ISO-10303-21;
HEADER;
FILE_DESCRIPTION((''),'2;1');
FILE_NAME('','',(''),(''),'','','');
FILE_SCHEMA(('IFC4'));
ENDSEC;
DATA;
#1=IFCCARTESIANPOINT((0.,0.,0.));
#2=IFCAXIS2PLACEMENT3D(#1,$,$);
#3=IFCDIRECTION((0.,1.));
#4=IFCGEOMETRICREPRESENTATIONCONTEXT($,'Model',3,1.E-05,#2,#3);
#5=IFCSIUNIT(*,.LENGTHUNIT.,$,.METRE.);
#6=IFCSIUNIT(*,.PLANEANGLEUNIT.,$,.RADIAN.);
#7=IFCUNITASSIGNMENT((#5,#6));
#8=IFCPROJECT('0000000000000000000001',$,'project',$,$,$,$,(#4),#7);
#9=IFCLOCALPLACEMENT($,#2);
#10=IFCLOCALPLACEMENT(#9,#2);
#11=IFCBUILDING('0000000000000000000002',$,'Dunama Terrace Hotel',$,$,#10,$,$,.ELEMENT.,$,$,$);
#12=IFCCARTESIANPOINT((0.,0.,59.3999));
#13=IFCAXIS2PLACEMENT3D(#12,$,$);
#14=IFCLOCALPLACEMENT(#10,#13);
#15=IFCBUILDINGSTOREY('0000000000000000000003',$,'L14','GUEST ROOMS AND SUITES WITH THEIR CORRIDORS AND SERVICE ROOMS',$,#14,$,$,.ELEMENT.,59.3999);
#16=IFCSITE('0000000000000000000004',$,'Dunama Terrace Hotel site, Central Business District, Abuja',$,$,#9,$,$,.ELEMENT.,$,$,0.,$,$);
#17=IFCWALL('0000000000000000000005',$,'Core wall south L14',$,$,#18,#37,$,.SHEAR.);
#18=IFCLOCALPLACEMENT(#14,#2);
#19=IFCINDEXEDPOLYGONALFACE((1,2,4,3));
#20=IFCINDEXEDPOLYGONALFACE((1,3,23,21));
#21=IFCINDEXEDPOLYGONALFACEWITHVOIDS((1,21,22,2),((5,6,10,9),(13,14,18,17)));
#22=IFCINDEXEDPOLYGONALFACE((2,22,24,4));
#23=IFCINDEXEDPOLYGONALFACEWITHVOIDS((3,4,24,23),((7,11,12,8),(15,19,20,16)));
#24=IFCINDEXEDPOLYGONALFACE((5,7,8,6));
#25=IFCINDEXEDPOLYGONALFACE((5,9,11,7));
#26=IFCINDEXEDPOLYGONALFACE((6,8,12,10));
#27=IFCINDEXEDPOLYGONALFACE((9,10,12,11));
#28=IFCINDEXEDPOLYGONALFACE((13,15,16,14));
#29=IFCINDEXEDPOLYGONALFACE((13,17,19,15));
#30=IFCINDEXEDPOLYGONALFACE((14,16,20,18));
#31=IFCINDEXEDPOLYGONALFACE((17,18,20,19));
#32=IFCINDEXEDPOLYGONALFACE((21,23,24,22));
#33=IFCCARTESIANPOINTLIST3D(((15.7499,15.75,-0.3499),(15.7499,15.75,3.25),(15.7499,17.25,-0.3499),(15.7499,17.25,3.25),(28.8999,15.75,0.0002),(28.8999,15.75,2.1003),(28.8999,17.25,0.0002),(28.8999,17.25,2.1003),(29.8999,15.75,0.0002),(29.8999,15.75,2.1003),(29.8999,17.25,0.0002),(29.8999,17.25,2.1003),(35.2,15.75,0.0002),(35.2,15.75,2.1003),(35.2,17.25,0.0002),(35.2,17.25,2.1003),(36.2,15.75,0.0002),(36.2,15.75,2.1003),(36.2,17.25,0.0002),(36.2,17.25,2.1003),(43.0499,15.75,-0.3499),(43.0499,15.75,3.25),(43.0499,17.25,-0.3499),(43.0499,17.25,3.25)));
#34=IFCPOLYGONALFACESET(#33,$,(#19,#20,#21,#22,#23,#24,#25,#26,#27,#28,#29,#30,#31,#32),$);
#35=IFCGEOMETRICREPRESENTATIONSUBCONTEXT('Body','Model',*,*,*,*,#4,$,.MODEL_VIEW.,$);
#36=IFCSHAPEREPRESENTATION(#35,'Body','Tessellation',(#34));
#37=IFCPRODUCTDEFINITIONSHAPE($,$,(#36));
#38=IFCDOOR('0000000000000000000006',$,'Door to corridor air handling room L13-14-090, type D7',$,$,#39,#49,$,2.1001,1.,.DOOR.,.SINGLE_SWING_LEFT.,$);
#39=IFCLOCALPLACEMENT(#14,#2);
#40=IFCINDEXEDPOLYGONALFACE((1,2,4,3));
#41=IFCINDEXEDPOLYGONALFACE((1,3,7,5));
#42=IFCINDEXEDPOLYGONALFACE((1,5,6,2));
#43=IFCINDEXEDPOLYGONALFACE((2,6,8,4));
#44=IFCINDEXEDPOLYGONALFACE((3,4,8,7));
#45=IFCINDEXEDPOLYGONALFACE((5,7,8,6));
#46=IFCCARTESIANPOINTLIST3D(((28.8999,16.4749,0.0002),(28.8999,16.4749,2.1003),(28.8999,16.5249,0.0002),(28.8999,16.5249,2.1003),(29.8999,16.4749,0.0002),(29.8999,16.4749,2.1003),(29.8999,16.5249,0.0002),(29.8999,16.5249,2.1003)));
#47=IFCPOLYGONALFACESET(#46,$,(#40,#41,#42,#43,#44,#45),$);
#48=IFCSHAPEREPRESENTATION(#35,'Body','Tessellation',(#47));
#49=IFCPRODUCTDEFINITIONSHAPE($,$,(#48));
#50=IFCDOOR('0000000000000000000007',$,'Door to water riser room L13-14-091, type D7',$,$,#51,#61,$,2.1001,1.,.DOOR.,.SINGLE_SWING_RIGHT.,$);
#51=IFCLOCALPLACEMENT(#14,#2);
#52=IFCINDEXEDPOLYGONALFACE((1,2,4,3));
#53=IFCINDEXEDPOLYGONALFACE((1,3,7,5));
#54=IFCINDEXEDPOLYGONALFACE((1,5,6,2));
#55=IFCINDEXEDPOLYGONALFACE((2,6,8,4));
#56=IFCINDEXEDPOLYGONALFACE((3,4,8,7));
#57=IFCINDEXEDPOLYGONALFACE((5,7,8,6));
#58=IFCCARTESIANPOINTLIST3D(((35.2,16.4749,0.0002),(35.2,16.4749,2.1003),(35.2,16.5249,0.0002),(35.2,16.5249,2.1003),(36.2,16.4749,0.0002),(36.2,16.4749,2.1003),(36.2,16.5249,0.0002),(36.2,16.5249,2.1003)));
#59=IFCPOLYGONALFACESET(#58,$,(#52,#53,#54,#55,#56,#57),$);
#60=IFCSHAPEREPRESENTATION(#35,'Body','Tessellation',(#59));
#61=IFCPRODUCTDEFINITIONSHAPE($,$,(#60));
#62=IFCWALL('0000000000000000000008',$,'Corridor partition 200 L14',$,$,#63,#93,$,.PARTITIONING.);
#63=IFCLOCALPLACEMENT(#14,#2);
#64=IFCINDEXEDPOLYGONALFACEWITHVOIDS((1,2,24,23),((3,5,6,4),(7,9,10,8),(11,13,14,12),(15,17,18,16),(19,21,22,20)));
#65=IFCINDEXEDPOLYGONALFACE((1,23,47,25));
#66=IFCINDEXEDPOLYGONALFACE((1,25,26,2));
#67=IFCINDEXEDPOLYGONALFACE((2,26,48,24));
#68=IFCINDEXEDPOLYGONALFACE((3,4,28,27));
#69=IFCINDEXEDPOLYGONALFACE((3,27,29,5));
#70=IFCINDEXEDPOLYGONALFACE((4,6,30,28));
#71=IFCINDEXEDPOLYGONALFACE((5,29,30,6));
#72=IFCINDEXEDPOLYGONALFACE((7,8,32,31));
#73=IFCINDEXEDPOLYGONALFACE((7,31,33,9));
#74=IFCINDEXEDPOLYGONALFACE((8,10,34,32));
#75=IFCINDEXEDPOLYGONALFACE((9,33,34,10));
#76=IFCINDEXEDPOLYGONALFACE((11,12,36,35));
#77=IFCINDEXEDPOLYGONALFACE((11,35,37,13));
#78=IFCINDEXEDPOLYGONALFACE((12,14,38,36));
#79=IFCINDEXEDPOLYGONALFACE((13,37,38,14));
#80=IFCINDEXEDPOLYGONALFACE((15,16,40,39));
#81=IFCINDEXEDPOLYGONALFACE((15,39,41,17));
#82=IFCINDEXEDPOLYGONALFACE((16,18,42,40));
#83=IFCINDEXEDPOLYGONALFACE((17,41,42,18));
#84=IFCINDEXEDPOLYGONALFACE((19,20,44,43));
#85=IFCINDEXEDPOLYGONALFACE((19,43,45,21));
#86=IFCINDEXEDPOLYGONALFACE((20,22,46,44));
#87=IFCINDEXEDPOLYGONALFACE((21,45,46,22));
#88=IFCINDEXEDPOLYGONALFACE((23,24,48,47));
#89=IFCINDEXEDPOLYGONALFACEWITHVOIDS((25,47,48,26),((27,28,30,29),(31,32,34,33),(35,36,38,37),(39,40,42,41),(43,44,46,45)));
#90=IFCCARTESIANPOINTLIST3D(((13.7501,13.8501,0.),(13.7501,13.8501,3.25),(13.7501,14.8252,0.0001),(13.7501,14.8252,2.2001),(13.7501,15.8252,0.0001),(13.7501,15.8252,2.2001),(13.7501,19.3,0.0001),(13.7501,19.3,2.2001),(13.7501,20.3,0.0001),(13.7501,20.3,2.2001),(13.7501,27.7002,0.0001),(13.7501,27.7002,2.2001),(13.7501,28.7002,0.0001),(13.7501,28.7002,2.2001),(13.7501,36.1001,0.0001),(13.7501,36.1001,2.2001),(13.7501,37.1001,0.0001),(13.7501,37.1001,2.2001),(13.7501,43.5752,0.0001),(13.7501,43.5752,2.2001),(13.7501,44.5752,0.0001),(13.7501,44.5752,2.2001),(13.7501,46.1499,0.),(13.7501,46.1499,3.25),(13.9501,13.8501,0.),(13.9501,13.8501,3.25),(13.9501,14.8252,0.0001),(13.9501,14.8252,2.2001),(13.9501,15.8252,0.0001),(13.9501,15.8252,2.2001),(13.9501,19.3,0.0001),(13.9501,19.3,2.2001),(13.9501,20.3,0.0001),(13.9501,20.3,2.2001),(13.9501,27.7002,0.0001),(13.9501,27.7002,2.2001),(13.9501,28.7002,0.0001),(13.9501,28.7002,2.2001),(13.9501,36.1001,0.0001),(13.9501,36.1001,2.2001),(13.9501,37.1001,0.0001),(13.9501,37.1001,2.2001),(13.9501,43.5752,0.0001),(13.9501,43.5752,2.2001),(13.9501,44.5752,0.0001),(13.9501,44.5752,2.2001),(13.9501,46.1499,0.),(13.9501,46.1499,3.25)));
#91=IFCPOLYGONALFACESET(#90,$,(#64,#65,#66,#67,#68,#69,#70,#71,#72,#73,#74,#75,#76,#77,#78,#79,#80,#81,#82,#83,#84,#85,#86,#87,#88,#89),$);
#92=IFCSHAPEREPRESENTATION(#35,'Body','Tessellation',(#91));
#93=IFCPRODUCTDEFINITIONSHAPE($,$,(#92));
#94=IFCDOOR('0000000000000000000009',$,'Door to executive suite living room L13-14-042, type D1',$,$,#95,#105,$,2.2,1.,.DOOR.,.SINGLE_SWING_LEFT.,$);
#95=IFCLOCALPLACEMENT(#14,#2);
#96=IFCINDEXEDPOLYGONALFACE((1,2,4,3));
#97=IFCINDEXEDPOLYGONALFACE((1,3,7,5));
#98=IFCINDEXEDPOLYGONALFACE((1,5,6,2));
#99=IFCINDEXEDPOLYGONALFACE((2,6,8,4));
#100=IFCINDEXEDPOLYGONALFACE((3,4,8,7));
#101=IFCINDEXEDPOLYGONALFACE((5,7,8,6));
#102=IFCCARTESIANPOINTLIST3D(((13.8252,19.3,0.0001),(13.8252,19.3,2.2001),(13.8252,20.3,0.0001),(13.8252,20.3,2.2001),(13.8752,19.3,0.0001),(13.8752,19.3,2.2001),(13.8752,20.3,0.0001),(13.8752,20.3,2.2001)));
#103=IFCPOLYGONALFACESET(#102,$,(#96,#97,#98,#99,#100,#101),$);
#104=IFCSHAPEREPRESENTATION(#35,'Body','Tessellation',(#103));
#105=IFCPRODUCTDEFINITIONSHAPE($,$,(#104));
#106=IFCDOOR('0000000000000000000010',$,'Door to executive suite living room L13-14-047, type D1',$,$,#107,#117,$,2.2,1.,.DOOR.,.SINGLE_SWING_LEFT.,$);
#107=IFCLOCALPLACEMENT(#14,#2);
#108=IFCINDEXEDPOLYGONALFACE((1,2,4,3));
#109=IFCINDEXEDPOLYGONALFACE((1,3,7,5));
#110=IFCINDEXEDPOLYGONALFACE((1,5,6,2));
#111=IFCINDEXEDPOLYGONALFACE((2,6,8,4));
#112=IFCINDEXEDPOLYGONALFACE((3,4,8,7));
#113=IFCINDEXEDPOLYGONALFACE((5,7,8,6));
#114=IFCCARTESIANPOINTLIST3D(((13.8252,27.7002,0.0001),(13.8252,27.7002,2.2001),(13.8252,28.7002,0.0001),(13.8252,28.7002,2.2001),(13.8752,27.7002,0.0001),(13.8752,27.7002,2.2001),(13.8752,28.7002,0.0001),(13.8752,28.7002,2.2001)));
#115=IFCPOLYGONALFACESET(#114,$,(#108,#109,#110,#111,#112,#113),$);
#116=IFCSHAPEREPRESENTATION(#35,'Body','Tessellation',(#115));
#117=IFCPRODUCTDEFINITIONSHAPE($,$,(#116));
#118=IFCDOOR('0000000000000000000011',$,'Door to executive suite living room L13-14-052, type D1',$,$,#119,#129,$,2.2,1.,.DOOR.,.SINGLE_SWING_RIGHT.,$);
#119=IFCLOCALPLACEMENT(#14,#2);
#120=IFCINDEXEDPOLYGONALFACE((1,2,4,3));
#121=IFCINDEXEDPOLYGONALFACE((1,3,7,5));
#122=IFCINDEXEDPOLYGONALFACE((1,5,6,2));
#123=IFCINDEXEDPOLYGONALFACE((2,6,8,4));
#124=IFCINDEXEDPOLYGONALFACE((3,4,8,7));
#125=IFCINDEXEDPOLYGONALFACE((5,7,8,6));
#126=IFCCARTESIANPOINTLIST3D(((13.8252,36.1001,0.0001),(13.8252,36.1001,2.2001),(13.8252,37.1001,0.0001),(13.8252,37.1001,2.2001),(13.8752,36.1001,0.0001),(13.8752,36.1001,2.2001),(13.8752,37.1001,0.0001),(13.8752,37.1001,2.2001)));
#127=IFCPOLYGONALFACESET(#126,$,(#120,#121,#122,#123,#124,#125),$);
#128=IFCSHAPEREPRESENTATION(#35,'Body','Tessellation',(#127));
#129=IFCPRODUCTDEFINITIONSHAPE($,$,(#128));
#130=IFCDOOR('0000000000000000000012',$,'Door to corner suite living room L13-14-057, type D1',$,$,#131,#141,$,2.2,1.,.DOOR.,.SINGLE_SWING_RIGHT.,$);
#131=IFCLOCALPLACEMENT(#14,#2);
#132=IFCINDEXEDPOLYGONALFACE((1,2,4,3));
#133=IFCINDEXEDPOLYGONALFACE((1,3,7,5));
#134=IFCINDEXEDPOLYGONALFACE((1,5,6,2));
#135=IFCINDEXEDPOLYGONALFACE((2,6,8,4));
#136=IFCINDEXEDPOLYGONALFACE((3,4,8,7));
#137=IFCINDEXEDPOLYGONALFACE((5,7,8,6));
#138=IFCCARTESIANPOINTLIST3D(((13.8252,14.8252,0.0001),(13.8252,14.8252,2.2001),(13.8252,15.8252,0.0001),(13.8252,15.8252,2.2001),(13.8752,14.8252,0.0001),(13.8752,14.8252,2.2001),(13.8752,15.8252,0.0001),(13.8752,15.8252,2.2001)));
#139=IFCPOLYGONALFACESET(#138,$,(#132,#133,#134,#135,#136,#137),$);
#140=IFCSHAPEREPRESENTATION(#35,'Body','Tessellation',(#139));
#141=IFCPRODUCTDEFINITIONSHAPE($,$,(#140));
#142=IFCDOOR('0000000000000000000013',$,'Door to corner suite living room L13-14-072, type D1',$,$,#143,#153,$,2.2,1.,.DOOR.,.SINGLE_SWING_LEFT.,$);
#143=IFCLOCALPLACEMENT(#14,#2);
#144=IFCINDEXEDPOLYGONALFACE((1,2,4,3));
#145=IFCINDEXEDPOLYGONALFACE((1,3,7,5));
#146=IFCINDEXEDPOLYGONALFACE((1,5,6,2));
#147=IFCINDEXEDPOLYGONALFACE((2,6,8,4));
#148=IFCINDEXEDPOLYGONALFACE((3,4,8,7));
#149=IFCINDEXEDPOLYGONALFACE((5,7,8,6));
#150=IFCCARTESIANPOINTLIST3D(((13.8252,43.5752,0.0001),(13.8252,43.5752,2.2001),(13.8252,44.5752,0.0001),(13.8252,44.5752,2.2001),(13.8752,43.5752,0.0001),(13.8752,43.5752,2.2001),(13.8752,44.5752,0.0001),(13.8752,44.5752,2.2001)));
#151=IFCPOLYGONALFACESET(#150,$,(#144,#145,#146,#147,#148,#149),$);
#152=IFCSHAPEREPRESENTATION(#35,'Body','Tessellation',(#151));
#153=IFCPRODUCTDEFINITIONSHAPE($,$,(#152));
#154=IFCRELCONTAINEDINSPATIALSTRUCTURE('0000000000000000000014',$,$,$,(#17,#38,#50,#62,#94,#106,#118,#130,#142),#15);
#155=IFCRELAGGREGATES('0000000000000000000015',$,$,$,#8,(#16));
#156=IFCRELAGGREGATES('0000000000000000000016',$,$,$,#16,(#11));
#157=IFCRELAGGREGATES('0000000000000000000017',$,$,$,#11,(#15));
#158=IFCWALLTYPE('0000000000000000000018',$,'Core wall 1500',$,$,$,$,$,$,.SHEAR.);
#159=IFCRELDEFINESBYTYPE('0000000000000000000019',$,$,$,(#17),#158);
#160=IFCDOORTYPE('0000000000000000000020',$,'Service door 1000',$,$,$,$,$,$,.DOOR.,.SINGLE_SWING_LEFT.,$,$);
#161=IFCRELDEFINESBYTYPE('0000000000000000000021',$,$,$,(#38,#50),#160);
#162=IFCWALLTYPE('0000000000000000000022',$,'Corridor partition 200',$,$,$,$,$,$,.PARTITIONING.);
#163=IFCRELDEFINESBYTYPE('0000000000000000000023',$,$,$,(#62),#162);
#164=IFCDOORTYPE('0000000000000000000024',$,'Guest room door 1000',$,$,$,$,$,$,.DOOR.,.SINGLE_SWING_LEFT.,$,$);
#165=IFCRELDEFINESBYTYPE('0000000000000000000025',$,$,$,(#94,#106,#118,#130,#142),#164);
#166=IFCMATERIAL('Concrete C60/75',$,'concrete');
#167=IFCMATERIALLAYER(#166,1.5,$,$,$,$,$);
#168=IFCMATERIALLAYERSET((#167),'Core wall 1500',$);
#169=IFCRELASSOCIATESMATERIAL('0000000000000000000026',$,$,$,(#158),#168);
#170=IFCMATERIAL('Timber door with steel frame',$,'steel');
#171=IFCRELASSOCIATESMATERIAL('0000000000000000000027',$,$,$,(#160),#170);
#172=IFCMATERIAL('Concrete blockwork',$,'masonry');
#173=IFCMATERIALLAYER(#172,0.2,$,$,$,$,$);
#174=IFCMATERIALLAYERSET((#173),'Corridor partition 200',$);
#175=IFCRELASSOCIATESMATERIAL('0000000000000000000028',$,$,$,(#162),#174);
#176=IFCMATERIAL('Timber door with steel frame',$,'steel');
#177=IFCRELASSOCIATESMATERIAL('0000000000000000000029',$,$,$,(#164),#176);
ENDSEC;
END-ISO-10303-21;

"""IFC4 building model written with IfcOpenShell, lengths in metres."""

from ifc_helpers import new_model, si_unit, direction, frame, frame_2d, origin, place, context, subcontext, project, spatial, rectangle, extrude, material, layer, layer_set, type_object, element, fill, save


model = new_model("IFC4")

# Units and contexts
model_context = context("Model", 3, precision=1e-05, world=origin(), true_north=direction((0.0, 1.0)))
body_context = subcontext(model_context, "Body", "Model", "MODEL_VIEW")
ifc_project = project(units=[si_unit("LENGTHUNIT", "METRE"), si_unit("PLANEANGLEUNIT", "RADIAN")], contexts=[model_context])

# Site, building, storey
site_placement = place(None, origin())
site = spatial("IfcSite", under=ifc_project, at=site_placement, Name="Dunama Terrace Hotel site, Central Business District, Abuja", CompositionType="ELEMENT", RefElevation=0.0)
building_placement = place(site_placement, origin())
building = spatial("IfcBuilding", under=site, at=building_placement, Name="Dunama Terrace Hotel", CompositionType="ELEMENT")
storey_placement = place(building_placement, frame((0.0, 0.0, 59.3999)))
storey = spatial("IfcBuildingStorey", under=building, at=storey_placement, Name="L14", Description="GUEST ROOMS AND SUITES WITH THEIR CORRIDORS AND SERVICE ROOMS", CompositionType="ELEMENT", Elevation=59.3999)

# Walls, openings, doors
ifc_material_1 = material(Name="Concrete C60/75", Category="concrete")
ifc_layer_1 = layer(ifc_material_1, 1.5)
ifc_layer_set_1 = layer_set([ifc_layer_1], Name="Core wall 1500")
wall_type_1 = type_object("IfcWallType", Name="Core wall 1500", PredefinedType="SHEAR", material=ifc_layer_set_1)
wall_1_placement = place(storey_placement, frame((15.75, 16.5, -0.3499), z_axis=(0.0, 0.0, 1.0), x_axis=(1.0, 0.0, 0.0)))
wall_1 = element("IfcWall", 1, at=wall_1_placement, inside=storey, type_object=wall_type_1, Name="Core wall south L14", PredefinedType="SHEAR", context=body_context, shape_type="SweptSolid", body=[
    extrude(rectangle(XDim=27.3, YDim=1.5, at=frame_2d((13.6499, 0.0))), origin(), (0.0, 0.0, 1.0), 3.5999),
])
opening_1_placement = place(wall_1_placement, frame((13.1499, 0.0, 0.3501)))
opening_1 = element("IfcOpeningElement", 2, at=opening_1_placement, cuts=wall_1, PredefinedType="OPENING", context=body_context, shape_type="SweptSolid", body=[
    extrude(rectangle(XDim=1.0, YDim=2.1001, at=frame_2d((0.5, 1.05))), frame((0.0, 0.76, 0.0), z_axis=(0.0, -1.0, 0.0), x_axis=(1.0, 0.0, 0.0)), (0.0, 0.0, 1.0), 1.52),
])
opening_2_placement = place(wall_1_placement, frame((19.45, 0.0, 0.3501)))
opening_2 = element("IfcOpeningElement", 3, at=opening_2_placement, cuts=wall_1, PredefinedType="OPENING", context=body_context, shape_type="SweptSolid", body=[
    extrude(rectangle(XDim=1.0, YDim=2.1001, at=frame_2d((0.5, 1.05))), frame((0.0, 0.76, 0.0), z_axis=(0.0, -1.0, 0.0), x_axis=(1.0, 0.0, 0.0)), (0.0, 0.0, 1.0), 1.52),
])
ifc_material_2 = material(Name="Timber door with steel frame", Category="steel")
door_type_1 = type_object("IfcDoorType", Name="Service door 1000", OperationType="SINGLE_SWING_LEFT", PredefinedType="DOOR", material=ifc_material_2)
door_1_placement = place(opening_1_placement, origin())
door_1 = element("IfcDoor", 4, at=door_1_placement, inside=storey, type_object=door_type_1, Name="Door to corridor air handling room L13-14-090, type D7", OperationType="SINGLE_SWING_LEFT", OverallHeight=2.1001, OverallWidth=1.0, PredefinedType="DOOR", context=body_context, shape_type="SweptSolid", body=[
    extrude(rectangle(XDim=1.0, YDim=2.1001, at=frame_2d((0.5, 1.05))), frame((0.0, 0.0249, 0.0), z_axis=(0.0, -1.0, 0.0), x_axis=(1.0, 0.0, 0.0)), (0.0, 0.0, 1.0), 0.05),
])
fill(opening_1, door_1)
door_2_placement = place(opening_2_placement, origin())
door_2 = element("IfcDoor", 5, at=door_2_placement, inside=storey, type_object=door_type_1, Name="Door to water riser room L13-14-091, type D7", OperationType="SINGLE_SWING_RIGHT", OverallHeight=2.1001, OverallWidth=1.0, PredefinedType="DOOR", context=body_context, shape_type="SweptSolid", body=[
    extrude(rectangle(XDim=1.0, YDim=2.1001, at=frame_2d((0.5, 1.05))), frame((0.0, 0.0249, 0.0), z_axis=(0.0, -1.0, 0.0), x_axis=(1.0, 0.0, 0.0)), (0.0, 0.0, 1.0), 0.05),
])
fill(opening_2, door_2)
ifc_material_3 = material(Name="Concrete blockwork", Category="masonry")
ifc_layer_2 = layer(ifc_material_3, 0.2)
ifc_layer_set_2 = layer_set([ifc_layer_2], Name="Corridor partition 200")
wall_type_2 = type_object("IfcWallType", Name="Corridor partition 200", PredefinedType="PARTITIONING", material=ifc_layer_set_2)
wall_2_placement = place(storey_placement, frame((13.8501, 13.8501, 0.0), z_axis=(0.0, 0.0, 1.0), x_axis=(0.0, 1.0, 0.0)))
wall_2 = element("IfcWall", 6, at=wall_2_placement, inside=storey, type_object=wall_type_2, Name="Corridor partition 200 L14", PredefinedType="PARTITIONING", context=body_context, shape_type="SweptSolid", body=[
    extrude(rectangle(XDim=32.2998, YDim=0.2, at=frame_2d((16.1499, 0.0))), origin(), (0.0, 0.0, 1.0), 3.25),
])
opening_3_placement = place(wall_2_placement, frame((5.45, 0.0, 0.0)))
opening_3 = element("IfcOpeningElement", 7, at=opening_3_placement, cuts=wall_2, PredefinedType="OPENING", context=body_context, shape_type="SweptSolid", body=[
    extrude(rectangle(XDim=1.0, YDim=2.2, at=frame_2d((0.5, 1.1001))), frame((0.0, 0.1099, 0.0), z_axis=(0.0, -1.0, 0.0), x_axis=(1.0, 0.0, 0.0)), (0.0, 0.0, 1.0), 0.22),
])
opening_4_placement = place(wall_2_placement, frame((13.8501, 0.0, 0.0)))
opening_4 = element("IfcOpeningElement", 8, at=opening_4_placement, cuts=wall_2, PredefinedType="OPENING", context=body_context, shape_type="SweptSolid", body=[
    extrude(rectangle(XDim=1.0, YDim=2.2, at=frame_2d((0.5, 1.1001))), frame((0.0, 0.1099, 0.0), z_axis=(0.0, -1.0, 0.0), x_axis=(1.0, 0.0, 0.0)), (0.0, 0.0, 1.0), 0.22),
])
opening_5_placement = place(wall_2_placement, frame((22.25, 0.0, 0.0)))
opening_5 = element("IfcOpeningElement", 9, at=opening_5_placement, cuts=wall_2, PredefinedType="OPENING", context=body_context, shape_type="SweptSolid", body=[
    extrude(rectangle(XDim=1.0, YDim=2.2, at=frame_2d((0.5, 1.1001))), frame((0.0, 0.1099, 0.0), z_axis=(0.0, -1.0, 0.0), x_axis=(1.0, 0.0, 0.0)), (0.0, 0.0, 1.0), 0.22),
])
opening_6_placement = place(wall_2_placement, frame((0.9751, 0.0, 0.0)))
opening_6 = element("IfcOpeningElement", 10, at=opening_6_placement, cuts=wall_2, PredefinedType="OPENING", context=body_context, shape_type="SweptSolid", body=[
    extrude(rectangle(XDim=1.0, YDim=2.2, at=frame_2d((0.5, 1.1001))), frame((0.0, 0.1099, 0.0), z_axis=(0.0, -1.0, 0.0), x_axis=(1.0, 0.0, 0.0)), (0.0, 0.0, 1.0), 0.22),
])
opening_7_placement = place(wall_2_placement, frame((29.7251, 0.0, 0.0)))
opening_7 = element("IfcOpeningElement", 11, at=opening_7_placement, cuts=wall_2, PredefinedType="OPENING", context=body_context, shape_type="SweptSolid", body=[
    extrude(rectangle(XDim=1.0, YDim=2.2, at=frame_2d((0.5, 1.1001))), frame((0.0, 0.1099, 0.0), z_axis=(0.0, -1.0, 0.0), x_axis=(1.0, 0.0, 0.0)), (0.0, 0.0, 1.0), 0.22),
])
ifc_material_4 = material(Name="Timber door with steel frame", Category="steel")
door_type_2 = type_object("IfcDoorType", Name="Guest room door 1000", OperationType="SINGLE_SWING_LEFT", PredefinedType="DOOR", material=ifc_material_4)
door_3_placement = place(opening_3_placement, origin())
door_3 = element("IfcDoor", 12, at=door_3_placement, inside=storey, type_object=door_type_2, Name="Door to executive suite living room L13-14-042, type D1", OperationType="SINGLE_SWING_LEFT", OverallHeight=2.2, OverallWidth=1.0, PredefinedType="DOOR", context=body_context, shape_type="SweptSolid", body=[
    extrude(rectangle(XDim=1.0, YDim=2.2, at=frame_2d((0.5, 1.1001))), frame((0.0, 0.0249, 0.0), z_axis=(0.0, -1.0, 0.0), x_axis=(1.0, 0.0, 0.0)), (0.0, 0.0, 1.0), 0.05),
])
fill(opening_3, door_3)
door_4_placement = place(opening_4_placement, origin())
door_4 = element("IfcDoor", 13, at=door_4_placement, inside=storey, type_object=door_type_2, Name="Door to executive suite living room L13-14-047, type D1", OperationType="SINGLE_SWING_LEFT", OverallHeight=2.2, OverallWidth=1.0, PredefinedType="DOOR", context=body_context, shape_type="SweptSolid", body=[
    extrude(rectangle(XDim=1.0, YDim=2.2, at=frame_2d((0.5, 1.1001))), frame((0.0, 0.0249, 0.0), z_axis=(0.0, -1.0, 0.0), x_axis=(1.0, 0.0, 0.0)), (0.0, 0.0, 1.0), 0.05),
])
fill(opening_4, door_4)
door_5_placement = place(opening_5_placement, origin())
door_5 = element("IfcDoor", 14, at=door_5_placement, inside=storey, type_object=door_type_2, Name="Door to executive suite living room L13-14-052, type D1", OperationType="SINGLE_SWING_RIGHT", OverallHeight=2.2, OverallWidth=1.0, PredefinedType="DOOR", context=body_context, shape_type="SweptSolid", body=[
    extrude(rectangle(XDim=1.0, YDim=2.2, at=frame_2d((0.5, 1.1001))), frame((0.0, 0.0249, 0.0), z_axis=(0.0, -1.0, 0.0), x_axis=(1.0, 0.0, 0.0)), (0.0, 0.0, 1.0), 0.05),
])
fill(opening_5, door_5)
door_6_placement = place(opening_6_placement, origin())
door_6 = element("IfcDoor", 15, at=door_6_placement, inside=storey, type_object=door_type_2, Name="Door to corner suite living room L13-14-057, type D1", OperationType="SINGLE_SWING_RIGHT", OverallHeight=2.2, OverallWidth=1.0, PredefinedType="DOOR", context=body_context, shape_type="SweptSolid", body=[
    extrude(rectangle(XDim=1.0, YDim=2.2, at=frame_2d((0.5, 1.1001))), frame((0.0, 0.0249, 0.0), z_axis=(0.0, -1.0, 0.0), x_axis=(1.0, 0.0, 0.0)), (0.0, 0.0, 1.0), 0.05),
])
fill(opening_6, door_6)
door_7_placement = place(opening_7_placement, origin())
door_7 = element("IfcDoor", 16, at=door_7_placement, inside=storey, type_object=door_type_2, Name="Door to corner suite living room L13-14-072, type D1", OperationType="SINGLE_SWING_LEFT", OverallHeight=2.2, OverallWidth=1.0, PredefinedType="DOOR", context=body_context, shape_type="SweptSolid", body=[
    extrude(rectangle(XDim=1.0, YDim=2.2, at=frame_2d((0.5, 1.1001))), frame((0.0, 0.0249, 0.0), z_axis=(0.0, -1.0, 0.0), x_axis=(1.0, 0.0, 0.0)), (0.0, 0.0, 1.0), 0.05),
])
fill(opening_7, door_7)

save(model, "model.ifc")
